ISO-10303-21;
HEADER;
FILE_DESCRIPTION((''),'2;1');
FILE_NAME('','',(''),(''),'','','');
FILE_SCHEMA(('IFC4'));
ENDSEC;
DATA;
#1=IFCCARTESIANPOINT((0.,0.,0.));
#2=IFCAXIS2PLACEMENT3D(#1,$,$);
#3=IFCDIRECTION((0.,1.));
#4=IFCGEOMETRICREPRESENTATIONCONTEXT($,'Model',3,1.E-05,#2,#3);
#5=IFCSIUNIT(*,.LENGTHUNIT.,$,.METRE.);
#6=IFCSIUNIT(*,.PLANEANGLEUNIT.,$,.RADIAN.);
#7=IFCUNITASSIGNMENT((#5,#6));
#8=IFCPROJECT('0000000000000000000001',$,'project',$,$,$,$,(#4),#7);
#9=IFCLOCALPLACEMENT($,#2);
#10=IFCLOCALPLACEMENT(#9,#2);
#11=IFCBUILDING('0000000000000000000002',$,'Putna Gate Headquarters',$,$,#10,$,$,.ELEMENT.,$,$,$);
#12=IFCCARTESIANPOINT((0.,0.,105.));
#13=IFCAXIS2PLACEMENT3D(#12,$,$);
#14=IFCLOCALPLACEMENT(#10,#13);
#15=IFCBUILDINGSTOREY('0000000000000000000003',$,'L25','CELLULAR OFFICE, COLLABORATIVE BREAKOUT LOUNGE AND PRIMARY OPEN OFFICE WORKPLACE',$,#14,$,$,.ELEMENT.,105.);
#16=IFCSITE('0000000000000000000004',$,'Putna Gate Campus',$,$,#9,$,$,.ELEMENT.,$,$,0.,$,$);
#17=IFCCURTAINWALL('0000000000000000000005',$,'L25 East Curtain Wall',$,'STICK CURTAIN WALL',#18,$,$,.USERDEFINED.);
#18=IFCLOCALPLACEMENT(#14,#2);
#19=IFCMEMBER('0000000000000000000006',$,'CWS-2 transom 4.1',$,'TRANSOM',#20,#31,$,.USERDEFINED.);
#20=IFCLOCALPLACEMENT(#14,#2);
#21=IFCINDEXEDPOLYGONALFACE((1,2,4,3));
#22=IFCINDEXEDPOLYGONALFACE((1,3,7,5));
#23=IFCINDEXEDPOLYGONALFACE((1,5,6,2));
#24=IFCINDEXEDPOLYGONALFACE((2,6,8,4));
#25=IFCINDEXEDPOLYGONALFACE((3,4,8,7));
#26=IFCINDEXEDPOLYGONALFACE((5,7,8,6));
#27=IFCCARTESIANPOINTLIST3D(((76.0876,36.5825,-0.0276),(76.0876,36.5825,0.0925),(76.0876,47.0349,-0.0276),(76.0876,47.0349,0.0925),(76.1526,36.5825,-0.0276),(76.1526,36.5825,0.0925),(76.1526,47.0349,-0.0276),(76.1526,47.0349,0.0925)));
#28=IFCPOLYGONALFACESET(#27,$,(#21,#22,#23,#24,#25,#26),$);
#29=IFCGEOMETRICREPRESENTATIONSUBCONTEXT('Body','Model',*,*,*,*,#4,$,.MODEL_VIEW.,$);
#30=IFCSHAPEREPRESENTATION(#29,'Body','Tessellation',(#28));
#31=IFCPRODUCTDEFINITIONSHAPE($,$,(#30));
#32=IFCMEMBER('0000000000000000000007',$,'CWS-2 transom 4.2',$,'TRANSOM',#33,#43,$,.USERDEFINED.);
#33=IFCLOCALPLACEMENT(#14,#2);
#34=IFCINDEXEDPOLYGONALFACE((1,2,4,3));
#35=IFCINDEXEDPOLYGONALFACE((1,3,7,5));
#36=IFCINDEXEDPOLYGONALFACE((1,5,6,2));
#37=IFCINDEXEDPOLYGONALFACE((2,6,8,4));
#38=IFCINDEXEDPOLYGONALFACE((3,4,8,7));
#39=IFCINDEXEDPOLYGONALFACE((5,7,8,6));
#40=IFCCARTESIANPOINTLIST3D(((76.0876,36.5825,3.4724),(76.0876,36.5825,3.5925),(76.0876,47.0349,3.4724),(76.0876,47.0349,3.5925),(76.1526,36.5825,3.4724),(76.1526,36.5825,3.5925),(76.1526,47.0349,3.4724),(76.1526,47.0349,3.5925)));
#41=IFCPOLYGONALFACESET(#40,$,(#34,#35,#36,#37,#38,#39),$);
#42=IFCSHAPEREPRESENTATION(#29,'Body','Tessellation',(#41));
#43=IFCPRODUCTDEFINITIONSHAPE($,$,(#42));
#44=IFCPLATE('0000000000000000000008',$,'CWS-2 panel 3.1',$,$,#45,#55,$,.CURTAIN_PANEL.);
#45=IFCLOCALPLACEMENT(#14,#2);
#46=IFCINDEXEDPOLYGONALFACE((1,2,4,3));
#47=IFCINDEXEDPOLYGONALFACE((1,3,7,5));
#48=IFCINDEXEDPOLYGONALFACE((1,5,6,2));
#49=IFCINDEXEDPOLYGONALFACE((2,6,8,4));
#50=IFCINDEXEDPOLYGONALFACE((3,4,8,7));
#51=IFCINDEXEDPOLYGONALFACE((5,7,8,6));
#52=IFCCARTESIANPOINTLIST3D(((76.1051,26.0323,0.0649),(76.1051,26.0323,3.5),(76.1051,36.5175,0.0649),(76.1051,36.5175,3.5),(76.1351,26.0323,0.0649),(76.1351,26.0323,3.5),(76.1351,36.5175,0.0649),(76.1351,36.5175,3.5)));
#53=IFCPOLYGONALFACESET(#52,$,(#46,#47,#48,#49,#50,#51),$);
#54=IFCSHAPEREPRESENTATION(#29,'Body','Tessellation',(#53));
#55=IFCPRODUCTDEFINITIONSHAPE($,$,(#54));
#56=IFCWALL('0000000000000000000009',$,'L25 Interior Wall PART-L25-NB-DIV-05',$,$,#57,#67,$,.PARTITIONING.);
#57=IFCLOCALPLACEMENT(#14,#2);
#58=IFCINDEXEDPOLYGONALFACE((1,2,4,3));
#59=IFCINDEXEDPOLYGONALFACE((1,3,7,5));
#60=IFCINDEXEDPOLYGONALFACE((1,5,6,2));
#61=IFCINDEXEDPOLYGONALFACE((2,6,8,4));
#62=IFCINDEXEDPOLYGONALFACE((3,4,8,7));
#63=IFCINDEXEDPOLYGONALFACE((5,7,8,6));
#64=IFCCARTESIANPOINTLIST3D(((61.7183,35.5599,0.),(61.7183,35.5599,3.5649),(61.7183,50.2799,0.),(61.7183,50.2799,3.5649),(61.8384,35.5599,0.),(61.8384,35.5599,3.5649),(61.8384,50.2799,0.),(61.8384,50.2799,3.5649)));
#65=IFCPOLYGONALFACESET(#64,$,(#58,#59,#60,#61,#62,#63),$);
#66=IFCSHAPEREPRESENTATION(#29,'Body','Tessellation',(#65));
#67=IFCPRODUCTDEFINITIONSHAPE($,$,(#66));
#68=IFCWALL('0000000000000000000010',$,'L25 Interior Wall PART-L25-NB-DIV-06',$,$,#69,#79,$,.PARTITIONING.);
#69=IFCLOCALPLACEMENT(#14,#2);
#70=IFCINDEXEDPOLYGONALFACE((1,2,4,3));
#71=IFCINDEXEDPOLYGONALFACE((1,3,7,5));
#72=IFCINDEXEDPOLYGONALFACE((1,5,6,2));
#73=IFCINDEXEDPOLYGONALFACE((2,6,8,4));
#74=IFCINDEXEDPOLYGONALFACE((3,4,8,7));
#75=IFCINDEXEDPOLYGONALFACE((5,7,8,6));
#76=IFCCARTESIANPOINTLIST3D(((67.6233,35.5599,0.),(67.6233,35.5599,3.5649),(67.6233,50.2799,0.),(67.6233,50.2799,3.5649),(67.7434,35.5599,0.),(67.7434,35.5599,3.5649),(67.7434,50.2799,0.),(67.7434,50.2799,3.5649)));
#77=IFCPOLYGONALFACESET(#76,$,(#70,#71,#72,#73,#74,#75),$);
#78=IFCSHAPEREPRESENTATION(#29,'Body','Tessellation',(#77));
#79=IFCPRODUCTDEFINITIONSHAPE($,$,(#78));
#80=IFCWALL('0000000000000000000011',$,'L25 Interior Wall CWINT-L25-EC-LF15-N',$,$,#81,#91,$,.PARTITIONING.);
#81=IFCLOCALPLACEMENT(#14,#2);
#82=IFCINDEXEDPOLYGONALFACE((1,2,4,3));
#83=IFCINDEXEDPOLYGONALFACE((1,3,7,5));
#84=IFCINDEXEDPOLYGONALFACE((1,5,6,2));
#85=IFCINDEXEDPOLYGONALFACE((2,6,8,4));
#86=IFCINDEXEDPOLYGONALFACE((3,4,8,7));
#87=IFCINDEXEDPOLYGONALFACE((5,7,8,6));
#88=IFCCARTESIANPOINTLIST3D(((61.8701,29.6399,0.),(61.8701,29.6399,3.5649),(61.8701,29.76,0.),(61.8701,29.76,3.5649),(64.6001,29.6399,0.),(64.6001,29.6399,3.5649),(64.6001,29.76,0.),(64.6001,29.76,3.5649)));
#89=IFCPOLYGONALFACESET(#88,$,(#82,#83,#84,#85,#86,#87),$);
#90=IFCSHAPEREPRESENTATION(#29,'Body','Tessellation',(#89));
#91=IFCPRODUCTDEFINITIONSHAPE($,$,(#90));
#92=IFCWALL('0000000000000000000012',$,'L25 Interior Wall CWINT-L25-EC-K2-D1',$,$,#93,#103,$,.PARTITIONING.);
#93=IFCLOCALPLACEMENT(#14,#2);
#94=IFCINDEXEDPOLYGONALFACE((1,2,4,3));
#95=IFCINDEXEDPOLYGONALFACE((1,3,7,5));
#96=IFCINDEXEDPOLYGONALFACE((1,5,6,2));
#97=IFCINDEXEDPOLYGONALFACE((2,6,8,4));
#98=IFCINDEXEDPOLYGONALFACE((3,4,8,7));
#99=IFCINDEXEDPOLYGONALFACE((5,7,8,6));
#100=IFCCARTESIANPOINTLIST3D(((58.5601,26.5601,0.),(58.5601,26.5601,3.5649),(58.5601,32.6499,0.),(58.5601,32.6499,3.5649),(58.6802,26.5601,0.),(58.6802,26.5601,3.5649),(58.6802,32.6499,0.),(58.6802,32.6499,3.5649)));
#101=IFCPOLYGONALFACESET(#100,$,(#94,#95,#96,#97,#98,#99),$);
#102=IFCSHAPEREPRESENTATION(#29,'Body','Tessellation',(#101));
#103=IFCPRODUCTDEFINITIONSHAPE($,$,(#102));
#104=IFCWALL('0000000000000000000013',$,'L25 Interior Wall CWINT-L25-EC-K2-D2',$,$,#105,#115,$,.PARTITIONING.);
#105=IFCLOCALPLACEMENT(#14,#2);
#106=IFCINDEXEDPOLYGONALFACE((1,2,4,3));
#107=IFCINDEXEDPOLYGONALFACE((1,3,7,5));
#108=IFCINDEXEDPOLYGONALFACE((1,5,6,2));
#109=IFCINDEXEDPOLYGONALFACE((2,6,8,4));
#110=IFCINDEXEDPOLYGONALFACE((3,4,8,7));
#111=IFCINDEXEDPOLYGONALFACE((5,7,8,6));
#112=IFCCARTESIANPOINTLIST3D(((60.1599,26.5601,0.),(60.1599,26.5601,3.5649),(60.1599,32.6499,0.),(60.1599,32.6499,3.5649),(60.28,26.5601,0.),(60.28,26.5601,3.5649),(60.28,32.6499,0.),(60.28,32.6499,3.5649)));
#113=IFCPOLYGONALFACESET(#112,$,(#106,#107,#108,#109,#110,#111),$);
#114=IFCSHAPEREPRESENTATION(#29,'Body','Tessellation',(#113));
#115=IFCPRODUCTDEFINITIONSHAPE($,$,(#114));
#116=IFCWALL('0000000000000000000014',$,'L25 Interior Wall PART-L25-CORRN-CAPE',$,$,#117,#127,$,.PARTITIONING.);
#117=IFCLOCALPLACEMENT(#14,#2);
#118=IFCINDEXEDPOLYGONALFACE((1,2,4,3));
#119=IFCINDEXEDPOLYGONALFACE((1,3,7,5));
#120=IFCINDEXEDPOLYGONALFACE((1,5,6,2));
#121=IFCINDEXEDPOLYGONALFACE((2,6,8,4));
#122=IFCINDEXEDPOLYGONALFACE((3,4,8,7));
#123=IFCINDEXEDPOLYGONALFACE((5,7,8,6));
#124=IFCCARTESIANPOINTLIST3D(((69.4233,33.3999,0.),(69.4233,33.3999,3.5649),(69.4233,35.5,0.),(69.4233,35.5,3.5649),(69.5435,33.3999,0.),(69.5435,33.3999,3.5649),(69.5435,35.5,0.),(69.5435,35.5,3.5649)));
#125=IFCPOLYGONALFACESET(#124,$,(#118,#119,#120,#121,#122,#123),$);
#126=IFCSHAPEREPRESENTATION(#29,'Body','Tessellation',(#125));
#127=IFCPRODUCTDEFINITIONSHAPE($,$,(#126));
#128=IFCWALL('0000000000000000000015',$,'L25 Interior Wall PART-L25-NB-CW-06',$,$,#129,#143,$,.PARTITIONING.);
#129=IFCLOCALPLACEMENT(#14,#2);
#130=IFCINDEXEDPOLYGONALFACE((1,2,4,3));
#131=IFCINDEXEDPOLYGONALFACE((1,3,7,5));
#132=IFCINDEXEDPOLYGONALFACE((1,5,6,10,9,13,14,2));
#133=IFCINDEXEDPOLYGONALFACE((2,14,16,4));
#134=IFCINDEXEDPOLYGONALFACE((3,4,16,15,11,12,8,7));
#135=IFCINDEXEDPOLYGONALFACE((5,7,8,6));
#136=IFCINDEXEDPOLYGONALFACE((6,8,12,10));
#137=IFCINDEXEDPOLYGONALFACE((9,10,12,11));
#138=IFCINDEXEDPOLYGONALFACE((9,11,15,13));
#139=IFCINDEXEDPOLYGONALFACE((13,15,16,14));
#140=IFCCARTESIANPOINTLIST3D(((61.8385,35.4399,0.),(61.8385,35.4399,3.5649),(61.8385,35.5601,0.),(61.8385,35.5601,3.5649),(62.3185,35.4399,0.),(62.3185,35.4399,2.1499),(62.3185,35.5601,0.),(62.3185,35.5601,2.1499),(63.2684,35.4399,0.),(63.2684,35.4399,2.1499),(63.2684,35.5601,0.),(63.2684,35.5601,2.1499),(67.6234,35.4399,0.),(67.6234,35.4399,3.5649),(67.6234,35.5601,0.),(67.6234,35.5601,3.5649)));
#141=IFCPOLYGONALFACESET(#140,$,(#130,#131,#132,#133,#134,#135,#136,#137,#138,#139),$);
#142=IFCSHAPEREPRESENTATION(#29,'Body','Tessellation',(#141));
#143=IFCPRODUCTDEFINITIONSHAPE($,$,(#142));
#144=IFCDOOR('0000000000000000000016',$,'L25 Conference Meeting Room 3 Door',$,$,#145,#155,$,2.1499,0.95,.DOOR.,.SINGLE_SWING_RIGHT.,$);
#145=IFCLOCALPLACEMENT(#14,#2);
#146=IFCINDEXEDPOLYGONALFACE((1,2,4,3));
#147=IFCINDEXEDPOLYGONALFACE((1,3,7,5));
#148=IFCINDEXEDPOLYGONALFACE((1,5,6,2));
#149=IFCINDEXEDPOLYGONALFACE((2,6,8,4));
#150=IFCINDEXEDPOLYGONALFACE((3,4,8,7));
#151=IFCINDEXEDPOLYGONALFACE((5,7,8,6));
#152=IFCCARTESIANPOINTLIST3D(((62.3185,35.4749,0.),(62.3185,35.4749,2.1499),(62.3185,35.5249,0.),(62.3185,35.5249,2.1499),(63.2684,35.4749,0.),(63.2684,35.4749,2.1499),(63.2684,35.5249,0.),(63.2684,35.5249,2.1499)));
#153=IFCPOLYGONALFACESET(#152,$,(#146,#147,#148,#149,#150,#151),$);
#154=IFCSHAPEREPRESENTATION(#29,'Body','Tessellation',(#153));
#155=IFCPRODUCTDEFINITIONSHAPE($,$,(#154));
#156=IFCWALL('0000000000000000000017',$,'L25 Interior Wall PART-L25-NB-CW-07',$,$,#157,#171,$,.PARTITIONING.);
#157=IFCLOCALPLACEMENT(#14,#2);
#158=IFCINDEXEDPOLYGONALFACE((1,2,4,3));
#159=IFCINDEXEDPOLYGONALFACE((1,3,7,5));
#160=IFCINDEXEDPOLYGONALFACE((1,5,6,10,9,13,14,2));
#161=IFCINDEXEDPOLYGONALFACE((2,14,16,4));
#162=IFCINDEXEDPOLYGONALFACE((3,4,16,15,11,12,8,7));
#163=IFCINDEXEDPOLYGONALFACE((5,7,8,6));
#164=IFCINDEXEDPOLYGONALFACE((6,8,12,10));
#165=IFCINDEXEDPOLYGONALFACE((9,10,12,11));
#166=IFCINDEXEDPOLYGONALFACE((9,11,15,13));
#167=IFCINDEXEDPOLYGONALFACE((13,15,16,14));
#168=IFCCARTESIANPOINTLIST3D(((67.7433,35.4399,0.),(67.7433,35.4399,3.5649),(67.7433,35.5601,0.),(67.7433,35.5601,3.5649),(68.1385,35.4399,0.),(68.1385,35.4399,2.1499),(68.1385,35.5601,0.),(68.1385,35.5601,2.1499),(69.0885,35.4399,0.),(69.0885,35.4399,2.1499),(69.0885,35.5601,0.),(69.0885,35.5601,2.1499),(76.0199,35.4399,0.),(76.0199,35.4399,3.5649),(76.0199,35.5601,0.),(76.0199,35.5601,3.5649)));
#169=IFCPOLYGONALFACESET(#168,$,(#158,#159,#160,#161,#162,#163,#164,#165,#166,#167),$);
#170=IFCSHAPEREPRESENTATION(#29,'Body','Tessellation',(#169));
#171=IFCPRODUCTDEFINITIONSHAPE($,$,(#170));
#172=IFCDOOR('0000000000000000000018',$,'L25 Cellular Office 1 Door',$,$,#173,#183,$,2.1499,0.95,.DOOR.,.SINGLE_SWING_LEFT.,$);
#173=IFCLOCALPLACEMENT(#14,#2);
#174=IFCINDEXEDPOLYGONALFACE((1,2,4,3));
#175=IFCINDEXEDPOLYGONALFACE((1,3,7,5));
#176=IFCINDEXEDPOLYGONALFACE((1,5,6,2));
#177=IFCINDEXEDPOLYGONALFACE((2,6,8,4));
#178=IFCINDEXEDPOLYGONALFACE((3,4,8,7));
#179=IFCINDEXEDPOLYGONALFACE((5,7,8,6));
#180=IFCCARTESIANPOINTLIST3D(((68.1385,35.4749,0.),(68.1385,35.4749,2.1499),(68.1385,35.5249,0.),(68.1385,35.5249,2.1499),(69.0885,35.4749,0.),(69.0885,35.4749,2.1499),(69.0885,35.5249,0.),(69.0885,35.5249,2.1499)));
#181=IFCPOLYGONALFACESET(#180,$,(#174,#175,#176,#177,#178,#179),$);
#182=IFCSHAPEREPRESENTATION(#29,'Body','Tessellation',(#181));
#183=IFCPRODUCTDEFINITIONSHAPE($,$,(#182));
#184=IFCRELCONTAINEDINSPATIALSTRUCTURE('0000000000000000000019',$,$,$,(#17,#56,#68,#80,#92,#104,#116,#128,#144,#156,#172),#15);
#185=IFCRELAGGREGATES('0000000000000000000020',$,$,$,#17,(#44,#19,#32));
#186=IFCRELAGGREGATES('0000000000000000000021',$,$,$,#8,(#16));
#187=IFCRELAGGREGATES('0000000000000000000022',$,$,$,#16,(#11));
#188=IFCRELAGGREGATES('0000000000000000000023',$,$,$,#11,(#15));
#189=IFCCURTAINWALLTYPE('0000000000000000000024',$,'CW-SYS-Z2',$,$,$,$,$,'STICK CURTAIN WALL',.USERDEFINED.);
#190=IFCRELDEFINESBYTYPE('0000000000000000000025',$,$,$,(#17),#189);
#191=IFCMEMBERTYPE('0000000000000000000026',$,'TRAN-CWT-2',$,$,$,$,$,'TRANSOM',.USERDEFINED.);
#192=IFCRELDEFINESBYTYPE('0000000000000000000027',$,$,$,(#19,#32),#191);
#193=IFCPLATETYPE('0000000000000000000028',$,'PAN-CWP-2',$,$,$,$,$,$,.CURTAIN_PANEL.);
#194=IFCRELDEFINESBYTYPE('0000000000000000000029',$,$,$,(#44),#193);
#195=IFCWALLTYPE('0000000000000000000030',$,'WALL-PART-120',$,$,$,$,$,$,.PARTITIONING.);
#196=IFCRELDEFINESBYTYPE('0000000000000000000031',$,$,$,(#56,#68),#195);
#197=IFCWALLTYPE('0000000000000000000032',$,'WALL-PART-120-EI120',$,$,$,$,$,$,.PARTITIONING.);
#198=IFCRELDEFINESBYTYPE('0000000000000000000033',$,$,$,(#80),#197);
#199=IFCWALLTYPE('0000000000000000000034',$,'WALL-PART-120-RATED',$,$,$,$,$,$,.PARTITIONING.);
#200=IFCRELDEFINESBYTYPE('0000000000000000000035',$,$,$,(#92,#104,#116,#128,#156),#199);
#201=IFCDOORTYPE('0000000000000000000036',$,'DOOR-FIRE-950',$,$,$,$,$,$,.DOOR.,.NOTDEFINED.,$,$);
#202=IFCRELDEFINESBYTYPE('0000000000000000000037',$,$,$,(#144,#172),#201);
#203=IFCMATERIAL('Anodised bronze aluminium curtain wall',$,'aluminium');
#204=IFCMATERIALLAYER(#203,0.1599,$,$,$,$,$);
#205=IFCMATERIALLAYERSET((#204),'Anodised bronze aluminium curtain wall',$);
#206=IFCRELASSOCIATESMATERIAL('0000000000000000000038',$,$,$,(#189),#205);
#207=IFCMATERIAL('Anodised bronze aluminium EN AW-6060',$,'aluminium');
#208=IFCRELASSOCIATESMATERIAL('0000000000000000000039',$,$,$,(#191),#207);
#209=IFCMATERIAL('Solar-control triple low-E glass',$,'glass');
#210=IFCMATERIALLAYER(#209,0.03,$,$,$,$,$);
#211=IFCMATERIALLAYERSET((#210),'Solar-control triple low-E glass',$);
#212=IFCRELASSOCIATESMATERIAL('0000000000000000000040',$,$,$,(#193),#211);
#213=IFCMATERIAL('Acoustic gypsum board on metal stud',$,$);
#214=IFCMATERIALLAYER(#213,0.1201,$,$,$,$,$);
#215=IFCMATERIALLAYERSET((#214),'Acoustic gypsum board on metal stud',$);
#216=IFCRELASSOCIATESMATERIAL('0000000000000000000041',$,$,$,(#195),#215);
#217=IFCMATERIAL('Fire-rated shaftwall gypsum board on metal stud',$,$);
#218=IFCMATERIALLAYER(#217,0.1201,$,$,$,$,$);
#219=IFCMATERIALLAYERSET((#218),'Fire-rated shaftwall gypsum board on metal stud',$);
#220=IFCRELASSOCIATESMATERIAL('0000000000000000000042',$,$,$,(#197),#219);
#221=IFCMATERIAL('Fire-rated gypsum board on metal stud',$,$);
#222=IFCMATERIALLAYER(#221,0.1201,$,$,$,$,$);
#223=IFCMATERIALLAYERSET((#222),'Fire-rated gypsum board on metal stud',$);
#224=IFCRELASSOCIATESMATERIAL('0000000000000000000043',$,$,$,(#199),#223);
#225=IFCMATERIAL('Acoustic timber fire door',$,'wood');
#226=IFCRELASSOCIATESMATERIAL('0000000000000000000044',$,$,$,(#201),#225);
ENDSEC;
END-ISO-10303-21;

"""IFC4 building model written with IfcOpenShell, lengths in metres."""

from ifc_helpers import new_model, si_unit, direction, frame, frame_2d, origin, origin_2d, place, context, subcontext, project, spatial, rectangle, extrude, material, layer, layer_set, material_profile, profile_set, type_object, element, fill, aggregate, save


model = new_model("IFC4")

# Units and contexts
model_context = context("Model", 3, precision=1e-05, world=origin(), true_north=direction((0.0, 1.0)))
body_context = subcontext(model_context, "Body", "Model", "MODEL_VIEW")
ifc_project = project(units=[si_unit("LENGTHUNIT", "METRE"), si_unit("PLANEANGLEUNIT", "RADIAN")], contexts=[model_context])

# Site, building, storey
site_placement = place(None, origin())
site = spatial("IfcSite", under=ifc_project, at=site_placement, Name="Putna Gate Campus", CompositionType="ELEMENT", RefElevation=0.0)
building_placement = place(site_placement, origin())
building = spatial("IfcBuilding", under=site, at=building_placement, Name="Putna Gate Headquarters", CompositionType="ELEMENT")
storey_placement = place(building_placement, frame((0.0, 0.0, 105.0)))
storey = spatial("IfcBuildingStorey", under=building, at=storey_placement, Name="L25", Description="CELLULAR OFFICE, COLLABORATIVE BREAKOUT LOUNGE AND PRIMARY OPEN OFFICE WORKPLACE", CompositionType="ELEMENT", Elevation=105.0)

# Curtain wall, members, plate
ifc_material_1 = material(Name="Anodised bronze aluminium curtain wall", Category="aluminium")
ifc_layer_1 = layer(ifc_material_1, 0.1599)
ifc_layer_set_1 = layer_set([ifc_layer_1], Name="Anodised bronze aluminium curtain wall")
curtain_wall_type = type_object("IfcCurtainWallType", Name="CW-SYS-Z2", ElementType="STICK CURTAIN WALL", PredefinedType="USERDEFINED", material=ifc_layer_set_1)
curtain_wall_placement = place(storey_placement, origin())
curtain_wall = element("IfcCurtainWall", 1, at=curtain_wall_placement, inside=storey, type_object=curtain_wall_type, Name="L25 East Curtain Wall", ObjectType="STICK CURTAIN WALL", PredefinedType="USERDEFINED")
ifc_material_2 = material(Name="Anodised bronze aluminium EN AW-6060", Category="aluminium")
ifc_material_profile_1 = material_profile(ifc_material_2, rectangle(XDim=0.0649, YDim=0.1201, at=origin_2d()), Name="Anodised bronze aluminium EN AW-6060")
ifc_profile_set_1 = profile_set([ifc_material_profile_1], Name="Anodised bronze aluminium EN AW-6060")
member_type_1 = type_object("IfcMemberType", Name="TRAN-CWT-2", ElementType="TRANSOM", PredefinedType="USERDEFINED", material=ifc_profile_set_1)
member_1_placement = place(storey_placement, frame((76.1201, 36.5825, 0.0325), z_axis=(0.0, 1.0, 0.0), x_axis=(-1.0, 0.0, 0.0)))
member_1 = element("IfcMember", 2, at=member_1_placement, type_object=member_type_1, Name="CWS-2 transom 4.1", ObjectType="TRANSOM", PredefinedType="USERDEFINED", context=body_context, shape_type="SweptSolid", body=[
    extrude(rectangle(XDim=0.0649, YDim=0.1201, at=origin_2d()), origin(), (0.0, 0.0, 1.0), 10.4524),
])
member_2_placement = place(storey_placement, frame((76.1201, 36.5825, 3.5325), z_axis=(0.0, 1.0, 0.0), x_axis=(-1.0, 0.0, 0.0)))
member_2 = element("IfcMember", 3, at=member_2_placement, type_object=member_type_1, Name="CWS-2 transom 4.2", ObjectType="TRANSOM", PredefinedType="USERDEFINED", context=body_context, shape_type="SweptSolid", body=[
    extrude(rectangle(XDim=0.0649, YDim=0.1201, at=origin_2d()), origin(), (0.0, 0.0, 1.0), 10.4524),
])
ifc_material_3 = material(Name="Solar-control triple low-E glass", Category="glass")
ifc_layer_2 = layer(ifc_material_3, 0.03)
ifc_layer_set_2 = layer_set([ifc_layer_2], Name="Solar-control triple low-E glass")
plate_type = type_object("IfcPlateType", Name="PAN-CWP-2", PredefinedType="CURTAIN_PANEL", material=ifc_layer_set_2)
plate_placement = place(storey_placement, frame((76.1201, 31.2749, 0.0649), z_axis=(0.0, 0.0, 1.0), x_axis=(0.0, 1.0, 0.0)))
plate = element("IfcPlate", 4, at=plate_placement, type_object=plate_type, Name="CWS-2 panel 3.1", PredefinedType="CURTAIN_PANEL", context=body_context, shape_type="SweptSolid", body=[
    extrude(rectangle(XDim=10.4851, YDim=0.03, at=origin_2d()), origin(), (0.0, 0.0, 1.0), 3.4351),
])
aggregate(curtain_wall, [plate, member_1, member_2])

# Walls
ifc_material_4 = material(Name="Acoustic gypsum board on metal stud")
ifc_layer_3 = layer(ifc_material_4, 0.1201)
ifc_layer_set_3 = layer_set([ifc_layer_3], Name="Acoustic gypsum board on metal stud")
wall_type_1 = type_object("IfcWallType", Name="WALL-PART-120", PredefinedType="PARTITIONING", material=ifc_layer_set_3)
for number, where, z_axis, x_axis, name in (
    (5, (61.7783, 35.5601, 0.0), (0.0, 0.0, 1.0), (0.0, 1.0, 0.0), "L25 Interior Wall PART-L25-NB-DIV-05"),
    (6, (67.6833, 35.5601, 0.0), (0.0, 0.0, 1.0), (0.0, 1.0, 0.0), "L25 Interior Wall PART-L25-NB-DIV-06"),
):
    element("IfcWall", number, at=place(storey_placement, frame(where, z_axis=z_axis, x_axis=x_axis)), inside=storey, type_object=wall_type_1, Name=name, PredefinedType="PARTITIONING", context=body_context, shape_type="SweptSolid", body=[
        extrude(rectangle(XDim=14.72, YDim=0.1201, at=frame_2d((7.3599, 0.0))), origin(), (0.0, 0.0, 1.0), 3.5649),
    ])
ifc_material_5 = material(Name="Fire-rated shaftwall gypsum board on metal stud")
ifc_layer_4 = layer(ifc_material_5, 0.1201)
ifc_layer_set_4 = layer_set([ifc_layer_4], Name="Fire-rated shaftwall gypsum board on metal stud")
wall_type_2 = type_object("IfcWallType", Name="WALL-PART-120-EI120", PredefinedType="PARTITIONING", material=ifc_layer_set_4)
wall_1_placement = place(storey_placement, frame((61.8701, 29.7, 0.0), z_axis=(0.0, 0.0, 1.0), x_axis=(1.0, 0.0, 0.0)))
element("IfcWall", 7, at=wall_1_placement, inside=storey, type_object=wall_type_2, Name="L25 Interior Wall CWINT-L25-EC-LF15-N", PredefinedType="PARTITIONING", context=body_context, shape_type="SweptSolid", body=[
    extrude(rectangle(XDim=2.73, YDim=0.1201, at=frame_2d((1.365, 0.0))), origin(), (0.0, 0.0, 1.0), 3.5649),
])
ifc_material_6 = material(Name="Fire-rated gypsum board on metal stud")
ifc_layer_5 = layer(ifc_material_6, 0.1201)
ifc_layer_set_5 = layer_set([ifc_layer_5], Name="Fire-rated gypsum board on metal stud")
wall_type_3 = type_object("IfcWallType", Name="WALL-PART-120-RATED", PredefinedType="PARTITIONING", material=ifc_layer_set_5)
for number, where, z_axis, x_axis, name in (
    (8, (58.6201, 26.5601, 0.0), (0.0, 0.0, 1.0), (0.0, 1.0, 0.0), "L25 Interior Wall CWINT-L25-EC-K2-D1"),
    (9, (60.22, 26.5601, 0.0), (0.0, 0.0, 1.0), (0.0, 1.0, 0.0), "L25 Interior Wall CWINT-L25-EC-K2-D2"),
):
    element("IfcWall", number, at=place(storey_placement, frame(where, z_axis=z_axis, x_axis=x_axis)), inside=storey, type_object=wall_type_3, Name=name, PredefinedType="PARTITIONING", context=body_context, shape_type="SweptSolid", body=[
        extrude(rectangle(XDim=6.0898, YDim=0.1201, at=frame_2d((3.0449, 0.0))), origin(), (0.0, 0.0, 1.0), 3.5649),
    ])
wall_2_placement = place(storey_placement, frame((69.4834, 33.3999, 0.0), z_axis=(0.0, 0.0, 1.0), x_axis=(0.0, 1.0, 0.0)))
element("IfcWall", 10, at=wall_2_placement, inside=storey, type_object=wall_type_3, Name="L25 Interior Wall PART-L25-CORRN-CAPE", PredefinedType="PARTITIONING", context=body_context, shape_type="SweptSolid", body=[
    extrude(rectangle(XDim=2.1001, YDim=0.1201, at=frame_2d((1.05, 0.0))), origin(), (0.0, 0.0, 1.0), 3.5649),
])

# Walls, openings, doors
wall_3_placement = place(storey_placement, frame((61.8384, 35.5, 0.0), z_axis=(0.0, 0.0, 1.0), x_axis=(1.0, 0.0, 0.0)))
wall_3 = element("IfcWall", 11, at=wall_3_placement, inside=storey, type_object=wall_type_3, Name="L25 Interior Wall PART-L25-NB-CW-06", PredefinedType="PARTITIONING", context=body_context, shape_type="SweptSolid", body=[
    extrude(rectangle(XDim=5.7849, YDim=0.1201, at=frame_2d((2.8926, 0.0))), origin(), (0.0, 0.0, 1.0), 3.5649),
])
opening_1_placement = place(wall_3_placement, frame((0.48, 0.0, 0.0)))
opening_1 = element("IfcOpeningElement", 12, at=opening_1_placement, cuts=wall_3, PredefinedType="OPENING", context=body_context, shape_type="SweptSolid", body=[
    extrude(rectangle(XDim=0.95, YDim=2.1499, at=frame_2d((0.4751, 1.075))), frame((0.0, 0.0701, 0.0), z_axis=(0.0, -1.0, 0.0), x_axis=(1.0, 0.0, 0.0)), (0.0, 0.0, 1.0), 0.1401),
])
ifc_material_7 = material(Name="Acoustic timber fire door", Category="wood")
door_type = type_object("IfcDoorType", Name="DOOR-FIRE-950", OperationType="NOTDEFINED", PredefinedType="DOOR", material=ifc_material_7)
door_1_placement = place(opening_1_placement, origin())
door_1 = element("IfcDoor", 13, at=door_1_placement, inside=storey, type_object=door_type, Name="L25 Conference Meeting Room 3 Door", OperationType="SINGLE_SWING_RIGHT", OverallHeight=2.1499, OverallWidth=0.95, PredefinedType="DOOR", context=body_context, shape_type="SweptSolid", body=[
    extrude(rectangle(XDim=0.95, YDim=2.1499, at=frame_2d((0.4751, 1.075))), frame((0.0, 0.0249, 0.0), z_axis=(0.0, -1.0, 0.0), x_axis=(1.0, 0.0, 0.0)), (0.0, 0.0, 1.0), 0.05),
])
fill(opening_1, door_1)
wall_4_placement = place(storey_placement, frame((67.7434, 35.5, 0.0), z_axis=(0.0, 0.0, 1.0), x_axis=(1.0, 0.0, 0.0)))
wall_4 = element("IfcWall", 14, at=wall_4_placement, inside=storey, type_object=wall_type_3, Name="L25 Interior Wall PART-L25-NB-CW-07", PredefinedType="PARTITIONING", context=body_context, shape_type="SweptSolid", body=[
    extrude(rectangle(XDim=8.2766, YDim=0.1201, at=frame_2d((4.1382, 0.0))), origin(), (0.0, 0.0, 1.0), 3.5649),
])
opening_2_placement = place(wall_4_placement, frame((0.395, 0.0, 0.0)))
opening_2 = element("IfcOpeningElement", 15, at=opening_2_placement, cuts=wall_4, PredefinedType="OPENING", context=body_context, shape_type="SweptSolid", body=[
    extrude(rectangle(XDim=0.95, YDim=2.1499, at=frame_2d((0.4751, 1.075))), frame((0.0, 0.0701, 0.0), z_axis=(0.0, -1.0, 0.0), x_axis=(1.0, 0.0, 0.0)), (0.0, 0.0, 1.0), 0.1401),
])
door_2_placement = place(opening_2_placement, origin())
door_2 = element("IfcDoor", 16, at=door_2_placement, inside=storey, type_object=door_type, Name="L25 Cellular Office 1 Door", OperationType="SINGLE_SWING_LEFT", OverallHeight=2.1499, OverallWidth=0.95, PredefinedType="DOOR", context=body_context, shape_type="SweptSolid", body=[
    extrude(rectangle(XDim=0.95, YDim=2.1499, at=frame_2d((0.4751, 1.075))), frame((0.0, 0.0249, 0.0), z_axis=(0.0, -1.0, 0.0), x_axis=(1.0, 0.0, 0.0)), (0.0, 0.0, 1.0), 0.05),
])
fill(opening_2, door_2)

save(model, "model.ifc")
